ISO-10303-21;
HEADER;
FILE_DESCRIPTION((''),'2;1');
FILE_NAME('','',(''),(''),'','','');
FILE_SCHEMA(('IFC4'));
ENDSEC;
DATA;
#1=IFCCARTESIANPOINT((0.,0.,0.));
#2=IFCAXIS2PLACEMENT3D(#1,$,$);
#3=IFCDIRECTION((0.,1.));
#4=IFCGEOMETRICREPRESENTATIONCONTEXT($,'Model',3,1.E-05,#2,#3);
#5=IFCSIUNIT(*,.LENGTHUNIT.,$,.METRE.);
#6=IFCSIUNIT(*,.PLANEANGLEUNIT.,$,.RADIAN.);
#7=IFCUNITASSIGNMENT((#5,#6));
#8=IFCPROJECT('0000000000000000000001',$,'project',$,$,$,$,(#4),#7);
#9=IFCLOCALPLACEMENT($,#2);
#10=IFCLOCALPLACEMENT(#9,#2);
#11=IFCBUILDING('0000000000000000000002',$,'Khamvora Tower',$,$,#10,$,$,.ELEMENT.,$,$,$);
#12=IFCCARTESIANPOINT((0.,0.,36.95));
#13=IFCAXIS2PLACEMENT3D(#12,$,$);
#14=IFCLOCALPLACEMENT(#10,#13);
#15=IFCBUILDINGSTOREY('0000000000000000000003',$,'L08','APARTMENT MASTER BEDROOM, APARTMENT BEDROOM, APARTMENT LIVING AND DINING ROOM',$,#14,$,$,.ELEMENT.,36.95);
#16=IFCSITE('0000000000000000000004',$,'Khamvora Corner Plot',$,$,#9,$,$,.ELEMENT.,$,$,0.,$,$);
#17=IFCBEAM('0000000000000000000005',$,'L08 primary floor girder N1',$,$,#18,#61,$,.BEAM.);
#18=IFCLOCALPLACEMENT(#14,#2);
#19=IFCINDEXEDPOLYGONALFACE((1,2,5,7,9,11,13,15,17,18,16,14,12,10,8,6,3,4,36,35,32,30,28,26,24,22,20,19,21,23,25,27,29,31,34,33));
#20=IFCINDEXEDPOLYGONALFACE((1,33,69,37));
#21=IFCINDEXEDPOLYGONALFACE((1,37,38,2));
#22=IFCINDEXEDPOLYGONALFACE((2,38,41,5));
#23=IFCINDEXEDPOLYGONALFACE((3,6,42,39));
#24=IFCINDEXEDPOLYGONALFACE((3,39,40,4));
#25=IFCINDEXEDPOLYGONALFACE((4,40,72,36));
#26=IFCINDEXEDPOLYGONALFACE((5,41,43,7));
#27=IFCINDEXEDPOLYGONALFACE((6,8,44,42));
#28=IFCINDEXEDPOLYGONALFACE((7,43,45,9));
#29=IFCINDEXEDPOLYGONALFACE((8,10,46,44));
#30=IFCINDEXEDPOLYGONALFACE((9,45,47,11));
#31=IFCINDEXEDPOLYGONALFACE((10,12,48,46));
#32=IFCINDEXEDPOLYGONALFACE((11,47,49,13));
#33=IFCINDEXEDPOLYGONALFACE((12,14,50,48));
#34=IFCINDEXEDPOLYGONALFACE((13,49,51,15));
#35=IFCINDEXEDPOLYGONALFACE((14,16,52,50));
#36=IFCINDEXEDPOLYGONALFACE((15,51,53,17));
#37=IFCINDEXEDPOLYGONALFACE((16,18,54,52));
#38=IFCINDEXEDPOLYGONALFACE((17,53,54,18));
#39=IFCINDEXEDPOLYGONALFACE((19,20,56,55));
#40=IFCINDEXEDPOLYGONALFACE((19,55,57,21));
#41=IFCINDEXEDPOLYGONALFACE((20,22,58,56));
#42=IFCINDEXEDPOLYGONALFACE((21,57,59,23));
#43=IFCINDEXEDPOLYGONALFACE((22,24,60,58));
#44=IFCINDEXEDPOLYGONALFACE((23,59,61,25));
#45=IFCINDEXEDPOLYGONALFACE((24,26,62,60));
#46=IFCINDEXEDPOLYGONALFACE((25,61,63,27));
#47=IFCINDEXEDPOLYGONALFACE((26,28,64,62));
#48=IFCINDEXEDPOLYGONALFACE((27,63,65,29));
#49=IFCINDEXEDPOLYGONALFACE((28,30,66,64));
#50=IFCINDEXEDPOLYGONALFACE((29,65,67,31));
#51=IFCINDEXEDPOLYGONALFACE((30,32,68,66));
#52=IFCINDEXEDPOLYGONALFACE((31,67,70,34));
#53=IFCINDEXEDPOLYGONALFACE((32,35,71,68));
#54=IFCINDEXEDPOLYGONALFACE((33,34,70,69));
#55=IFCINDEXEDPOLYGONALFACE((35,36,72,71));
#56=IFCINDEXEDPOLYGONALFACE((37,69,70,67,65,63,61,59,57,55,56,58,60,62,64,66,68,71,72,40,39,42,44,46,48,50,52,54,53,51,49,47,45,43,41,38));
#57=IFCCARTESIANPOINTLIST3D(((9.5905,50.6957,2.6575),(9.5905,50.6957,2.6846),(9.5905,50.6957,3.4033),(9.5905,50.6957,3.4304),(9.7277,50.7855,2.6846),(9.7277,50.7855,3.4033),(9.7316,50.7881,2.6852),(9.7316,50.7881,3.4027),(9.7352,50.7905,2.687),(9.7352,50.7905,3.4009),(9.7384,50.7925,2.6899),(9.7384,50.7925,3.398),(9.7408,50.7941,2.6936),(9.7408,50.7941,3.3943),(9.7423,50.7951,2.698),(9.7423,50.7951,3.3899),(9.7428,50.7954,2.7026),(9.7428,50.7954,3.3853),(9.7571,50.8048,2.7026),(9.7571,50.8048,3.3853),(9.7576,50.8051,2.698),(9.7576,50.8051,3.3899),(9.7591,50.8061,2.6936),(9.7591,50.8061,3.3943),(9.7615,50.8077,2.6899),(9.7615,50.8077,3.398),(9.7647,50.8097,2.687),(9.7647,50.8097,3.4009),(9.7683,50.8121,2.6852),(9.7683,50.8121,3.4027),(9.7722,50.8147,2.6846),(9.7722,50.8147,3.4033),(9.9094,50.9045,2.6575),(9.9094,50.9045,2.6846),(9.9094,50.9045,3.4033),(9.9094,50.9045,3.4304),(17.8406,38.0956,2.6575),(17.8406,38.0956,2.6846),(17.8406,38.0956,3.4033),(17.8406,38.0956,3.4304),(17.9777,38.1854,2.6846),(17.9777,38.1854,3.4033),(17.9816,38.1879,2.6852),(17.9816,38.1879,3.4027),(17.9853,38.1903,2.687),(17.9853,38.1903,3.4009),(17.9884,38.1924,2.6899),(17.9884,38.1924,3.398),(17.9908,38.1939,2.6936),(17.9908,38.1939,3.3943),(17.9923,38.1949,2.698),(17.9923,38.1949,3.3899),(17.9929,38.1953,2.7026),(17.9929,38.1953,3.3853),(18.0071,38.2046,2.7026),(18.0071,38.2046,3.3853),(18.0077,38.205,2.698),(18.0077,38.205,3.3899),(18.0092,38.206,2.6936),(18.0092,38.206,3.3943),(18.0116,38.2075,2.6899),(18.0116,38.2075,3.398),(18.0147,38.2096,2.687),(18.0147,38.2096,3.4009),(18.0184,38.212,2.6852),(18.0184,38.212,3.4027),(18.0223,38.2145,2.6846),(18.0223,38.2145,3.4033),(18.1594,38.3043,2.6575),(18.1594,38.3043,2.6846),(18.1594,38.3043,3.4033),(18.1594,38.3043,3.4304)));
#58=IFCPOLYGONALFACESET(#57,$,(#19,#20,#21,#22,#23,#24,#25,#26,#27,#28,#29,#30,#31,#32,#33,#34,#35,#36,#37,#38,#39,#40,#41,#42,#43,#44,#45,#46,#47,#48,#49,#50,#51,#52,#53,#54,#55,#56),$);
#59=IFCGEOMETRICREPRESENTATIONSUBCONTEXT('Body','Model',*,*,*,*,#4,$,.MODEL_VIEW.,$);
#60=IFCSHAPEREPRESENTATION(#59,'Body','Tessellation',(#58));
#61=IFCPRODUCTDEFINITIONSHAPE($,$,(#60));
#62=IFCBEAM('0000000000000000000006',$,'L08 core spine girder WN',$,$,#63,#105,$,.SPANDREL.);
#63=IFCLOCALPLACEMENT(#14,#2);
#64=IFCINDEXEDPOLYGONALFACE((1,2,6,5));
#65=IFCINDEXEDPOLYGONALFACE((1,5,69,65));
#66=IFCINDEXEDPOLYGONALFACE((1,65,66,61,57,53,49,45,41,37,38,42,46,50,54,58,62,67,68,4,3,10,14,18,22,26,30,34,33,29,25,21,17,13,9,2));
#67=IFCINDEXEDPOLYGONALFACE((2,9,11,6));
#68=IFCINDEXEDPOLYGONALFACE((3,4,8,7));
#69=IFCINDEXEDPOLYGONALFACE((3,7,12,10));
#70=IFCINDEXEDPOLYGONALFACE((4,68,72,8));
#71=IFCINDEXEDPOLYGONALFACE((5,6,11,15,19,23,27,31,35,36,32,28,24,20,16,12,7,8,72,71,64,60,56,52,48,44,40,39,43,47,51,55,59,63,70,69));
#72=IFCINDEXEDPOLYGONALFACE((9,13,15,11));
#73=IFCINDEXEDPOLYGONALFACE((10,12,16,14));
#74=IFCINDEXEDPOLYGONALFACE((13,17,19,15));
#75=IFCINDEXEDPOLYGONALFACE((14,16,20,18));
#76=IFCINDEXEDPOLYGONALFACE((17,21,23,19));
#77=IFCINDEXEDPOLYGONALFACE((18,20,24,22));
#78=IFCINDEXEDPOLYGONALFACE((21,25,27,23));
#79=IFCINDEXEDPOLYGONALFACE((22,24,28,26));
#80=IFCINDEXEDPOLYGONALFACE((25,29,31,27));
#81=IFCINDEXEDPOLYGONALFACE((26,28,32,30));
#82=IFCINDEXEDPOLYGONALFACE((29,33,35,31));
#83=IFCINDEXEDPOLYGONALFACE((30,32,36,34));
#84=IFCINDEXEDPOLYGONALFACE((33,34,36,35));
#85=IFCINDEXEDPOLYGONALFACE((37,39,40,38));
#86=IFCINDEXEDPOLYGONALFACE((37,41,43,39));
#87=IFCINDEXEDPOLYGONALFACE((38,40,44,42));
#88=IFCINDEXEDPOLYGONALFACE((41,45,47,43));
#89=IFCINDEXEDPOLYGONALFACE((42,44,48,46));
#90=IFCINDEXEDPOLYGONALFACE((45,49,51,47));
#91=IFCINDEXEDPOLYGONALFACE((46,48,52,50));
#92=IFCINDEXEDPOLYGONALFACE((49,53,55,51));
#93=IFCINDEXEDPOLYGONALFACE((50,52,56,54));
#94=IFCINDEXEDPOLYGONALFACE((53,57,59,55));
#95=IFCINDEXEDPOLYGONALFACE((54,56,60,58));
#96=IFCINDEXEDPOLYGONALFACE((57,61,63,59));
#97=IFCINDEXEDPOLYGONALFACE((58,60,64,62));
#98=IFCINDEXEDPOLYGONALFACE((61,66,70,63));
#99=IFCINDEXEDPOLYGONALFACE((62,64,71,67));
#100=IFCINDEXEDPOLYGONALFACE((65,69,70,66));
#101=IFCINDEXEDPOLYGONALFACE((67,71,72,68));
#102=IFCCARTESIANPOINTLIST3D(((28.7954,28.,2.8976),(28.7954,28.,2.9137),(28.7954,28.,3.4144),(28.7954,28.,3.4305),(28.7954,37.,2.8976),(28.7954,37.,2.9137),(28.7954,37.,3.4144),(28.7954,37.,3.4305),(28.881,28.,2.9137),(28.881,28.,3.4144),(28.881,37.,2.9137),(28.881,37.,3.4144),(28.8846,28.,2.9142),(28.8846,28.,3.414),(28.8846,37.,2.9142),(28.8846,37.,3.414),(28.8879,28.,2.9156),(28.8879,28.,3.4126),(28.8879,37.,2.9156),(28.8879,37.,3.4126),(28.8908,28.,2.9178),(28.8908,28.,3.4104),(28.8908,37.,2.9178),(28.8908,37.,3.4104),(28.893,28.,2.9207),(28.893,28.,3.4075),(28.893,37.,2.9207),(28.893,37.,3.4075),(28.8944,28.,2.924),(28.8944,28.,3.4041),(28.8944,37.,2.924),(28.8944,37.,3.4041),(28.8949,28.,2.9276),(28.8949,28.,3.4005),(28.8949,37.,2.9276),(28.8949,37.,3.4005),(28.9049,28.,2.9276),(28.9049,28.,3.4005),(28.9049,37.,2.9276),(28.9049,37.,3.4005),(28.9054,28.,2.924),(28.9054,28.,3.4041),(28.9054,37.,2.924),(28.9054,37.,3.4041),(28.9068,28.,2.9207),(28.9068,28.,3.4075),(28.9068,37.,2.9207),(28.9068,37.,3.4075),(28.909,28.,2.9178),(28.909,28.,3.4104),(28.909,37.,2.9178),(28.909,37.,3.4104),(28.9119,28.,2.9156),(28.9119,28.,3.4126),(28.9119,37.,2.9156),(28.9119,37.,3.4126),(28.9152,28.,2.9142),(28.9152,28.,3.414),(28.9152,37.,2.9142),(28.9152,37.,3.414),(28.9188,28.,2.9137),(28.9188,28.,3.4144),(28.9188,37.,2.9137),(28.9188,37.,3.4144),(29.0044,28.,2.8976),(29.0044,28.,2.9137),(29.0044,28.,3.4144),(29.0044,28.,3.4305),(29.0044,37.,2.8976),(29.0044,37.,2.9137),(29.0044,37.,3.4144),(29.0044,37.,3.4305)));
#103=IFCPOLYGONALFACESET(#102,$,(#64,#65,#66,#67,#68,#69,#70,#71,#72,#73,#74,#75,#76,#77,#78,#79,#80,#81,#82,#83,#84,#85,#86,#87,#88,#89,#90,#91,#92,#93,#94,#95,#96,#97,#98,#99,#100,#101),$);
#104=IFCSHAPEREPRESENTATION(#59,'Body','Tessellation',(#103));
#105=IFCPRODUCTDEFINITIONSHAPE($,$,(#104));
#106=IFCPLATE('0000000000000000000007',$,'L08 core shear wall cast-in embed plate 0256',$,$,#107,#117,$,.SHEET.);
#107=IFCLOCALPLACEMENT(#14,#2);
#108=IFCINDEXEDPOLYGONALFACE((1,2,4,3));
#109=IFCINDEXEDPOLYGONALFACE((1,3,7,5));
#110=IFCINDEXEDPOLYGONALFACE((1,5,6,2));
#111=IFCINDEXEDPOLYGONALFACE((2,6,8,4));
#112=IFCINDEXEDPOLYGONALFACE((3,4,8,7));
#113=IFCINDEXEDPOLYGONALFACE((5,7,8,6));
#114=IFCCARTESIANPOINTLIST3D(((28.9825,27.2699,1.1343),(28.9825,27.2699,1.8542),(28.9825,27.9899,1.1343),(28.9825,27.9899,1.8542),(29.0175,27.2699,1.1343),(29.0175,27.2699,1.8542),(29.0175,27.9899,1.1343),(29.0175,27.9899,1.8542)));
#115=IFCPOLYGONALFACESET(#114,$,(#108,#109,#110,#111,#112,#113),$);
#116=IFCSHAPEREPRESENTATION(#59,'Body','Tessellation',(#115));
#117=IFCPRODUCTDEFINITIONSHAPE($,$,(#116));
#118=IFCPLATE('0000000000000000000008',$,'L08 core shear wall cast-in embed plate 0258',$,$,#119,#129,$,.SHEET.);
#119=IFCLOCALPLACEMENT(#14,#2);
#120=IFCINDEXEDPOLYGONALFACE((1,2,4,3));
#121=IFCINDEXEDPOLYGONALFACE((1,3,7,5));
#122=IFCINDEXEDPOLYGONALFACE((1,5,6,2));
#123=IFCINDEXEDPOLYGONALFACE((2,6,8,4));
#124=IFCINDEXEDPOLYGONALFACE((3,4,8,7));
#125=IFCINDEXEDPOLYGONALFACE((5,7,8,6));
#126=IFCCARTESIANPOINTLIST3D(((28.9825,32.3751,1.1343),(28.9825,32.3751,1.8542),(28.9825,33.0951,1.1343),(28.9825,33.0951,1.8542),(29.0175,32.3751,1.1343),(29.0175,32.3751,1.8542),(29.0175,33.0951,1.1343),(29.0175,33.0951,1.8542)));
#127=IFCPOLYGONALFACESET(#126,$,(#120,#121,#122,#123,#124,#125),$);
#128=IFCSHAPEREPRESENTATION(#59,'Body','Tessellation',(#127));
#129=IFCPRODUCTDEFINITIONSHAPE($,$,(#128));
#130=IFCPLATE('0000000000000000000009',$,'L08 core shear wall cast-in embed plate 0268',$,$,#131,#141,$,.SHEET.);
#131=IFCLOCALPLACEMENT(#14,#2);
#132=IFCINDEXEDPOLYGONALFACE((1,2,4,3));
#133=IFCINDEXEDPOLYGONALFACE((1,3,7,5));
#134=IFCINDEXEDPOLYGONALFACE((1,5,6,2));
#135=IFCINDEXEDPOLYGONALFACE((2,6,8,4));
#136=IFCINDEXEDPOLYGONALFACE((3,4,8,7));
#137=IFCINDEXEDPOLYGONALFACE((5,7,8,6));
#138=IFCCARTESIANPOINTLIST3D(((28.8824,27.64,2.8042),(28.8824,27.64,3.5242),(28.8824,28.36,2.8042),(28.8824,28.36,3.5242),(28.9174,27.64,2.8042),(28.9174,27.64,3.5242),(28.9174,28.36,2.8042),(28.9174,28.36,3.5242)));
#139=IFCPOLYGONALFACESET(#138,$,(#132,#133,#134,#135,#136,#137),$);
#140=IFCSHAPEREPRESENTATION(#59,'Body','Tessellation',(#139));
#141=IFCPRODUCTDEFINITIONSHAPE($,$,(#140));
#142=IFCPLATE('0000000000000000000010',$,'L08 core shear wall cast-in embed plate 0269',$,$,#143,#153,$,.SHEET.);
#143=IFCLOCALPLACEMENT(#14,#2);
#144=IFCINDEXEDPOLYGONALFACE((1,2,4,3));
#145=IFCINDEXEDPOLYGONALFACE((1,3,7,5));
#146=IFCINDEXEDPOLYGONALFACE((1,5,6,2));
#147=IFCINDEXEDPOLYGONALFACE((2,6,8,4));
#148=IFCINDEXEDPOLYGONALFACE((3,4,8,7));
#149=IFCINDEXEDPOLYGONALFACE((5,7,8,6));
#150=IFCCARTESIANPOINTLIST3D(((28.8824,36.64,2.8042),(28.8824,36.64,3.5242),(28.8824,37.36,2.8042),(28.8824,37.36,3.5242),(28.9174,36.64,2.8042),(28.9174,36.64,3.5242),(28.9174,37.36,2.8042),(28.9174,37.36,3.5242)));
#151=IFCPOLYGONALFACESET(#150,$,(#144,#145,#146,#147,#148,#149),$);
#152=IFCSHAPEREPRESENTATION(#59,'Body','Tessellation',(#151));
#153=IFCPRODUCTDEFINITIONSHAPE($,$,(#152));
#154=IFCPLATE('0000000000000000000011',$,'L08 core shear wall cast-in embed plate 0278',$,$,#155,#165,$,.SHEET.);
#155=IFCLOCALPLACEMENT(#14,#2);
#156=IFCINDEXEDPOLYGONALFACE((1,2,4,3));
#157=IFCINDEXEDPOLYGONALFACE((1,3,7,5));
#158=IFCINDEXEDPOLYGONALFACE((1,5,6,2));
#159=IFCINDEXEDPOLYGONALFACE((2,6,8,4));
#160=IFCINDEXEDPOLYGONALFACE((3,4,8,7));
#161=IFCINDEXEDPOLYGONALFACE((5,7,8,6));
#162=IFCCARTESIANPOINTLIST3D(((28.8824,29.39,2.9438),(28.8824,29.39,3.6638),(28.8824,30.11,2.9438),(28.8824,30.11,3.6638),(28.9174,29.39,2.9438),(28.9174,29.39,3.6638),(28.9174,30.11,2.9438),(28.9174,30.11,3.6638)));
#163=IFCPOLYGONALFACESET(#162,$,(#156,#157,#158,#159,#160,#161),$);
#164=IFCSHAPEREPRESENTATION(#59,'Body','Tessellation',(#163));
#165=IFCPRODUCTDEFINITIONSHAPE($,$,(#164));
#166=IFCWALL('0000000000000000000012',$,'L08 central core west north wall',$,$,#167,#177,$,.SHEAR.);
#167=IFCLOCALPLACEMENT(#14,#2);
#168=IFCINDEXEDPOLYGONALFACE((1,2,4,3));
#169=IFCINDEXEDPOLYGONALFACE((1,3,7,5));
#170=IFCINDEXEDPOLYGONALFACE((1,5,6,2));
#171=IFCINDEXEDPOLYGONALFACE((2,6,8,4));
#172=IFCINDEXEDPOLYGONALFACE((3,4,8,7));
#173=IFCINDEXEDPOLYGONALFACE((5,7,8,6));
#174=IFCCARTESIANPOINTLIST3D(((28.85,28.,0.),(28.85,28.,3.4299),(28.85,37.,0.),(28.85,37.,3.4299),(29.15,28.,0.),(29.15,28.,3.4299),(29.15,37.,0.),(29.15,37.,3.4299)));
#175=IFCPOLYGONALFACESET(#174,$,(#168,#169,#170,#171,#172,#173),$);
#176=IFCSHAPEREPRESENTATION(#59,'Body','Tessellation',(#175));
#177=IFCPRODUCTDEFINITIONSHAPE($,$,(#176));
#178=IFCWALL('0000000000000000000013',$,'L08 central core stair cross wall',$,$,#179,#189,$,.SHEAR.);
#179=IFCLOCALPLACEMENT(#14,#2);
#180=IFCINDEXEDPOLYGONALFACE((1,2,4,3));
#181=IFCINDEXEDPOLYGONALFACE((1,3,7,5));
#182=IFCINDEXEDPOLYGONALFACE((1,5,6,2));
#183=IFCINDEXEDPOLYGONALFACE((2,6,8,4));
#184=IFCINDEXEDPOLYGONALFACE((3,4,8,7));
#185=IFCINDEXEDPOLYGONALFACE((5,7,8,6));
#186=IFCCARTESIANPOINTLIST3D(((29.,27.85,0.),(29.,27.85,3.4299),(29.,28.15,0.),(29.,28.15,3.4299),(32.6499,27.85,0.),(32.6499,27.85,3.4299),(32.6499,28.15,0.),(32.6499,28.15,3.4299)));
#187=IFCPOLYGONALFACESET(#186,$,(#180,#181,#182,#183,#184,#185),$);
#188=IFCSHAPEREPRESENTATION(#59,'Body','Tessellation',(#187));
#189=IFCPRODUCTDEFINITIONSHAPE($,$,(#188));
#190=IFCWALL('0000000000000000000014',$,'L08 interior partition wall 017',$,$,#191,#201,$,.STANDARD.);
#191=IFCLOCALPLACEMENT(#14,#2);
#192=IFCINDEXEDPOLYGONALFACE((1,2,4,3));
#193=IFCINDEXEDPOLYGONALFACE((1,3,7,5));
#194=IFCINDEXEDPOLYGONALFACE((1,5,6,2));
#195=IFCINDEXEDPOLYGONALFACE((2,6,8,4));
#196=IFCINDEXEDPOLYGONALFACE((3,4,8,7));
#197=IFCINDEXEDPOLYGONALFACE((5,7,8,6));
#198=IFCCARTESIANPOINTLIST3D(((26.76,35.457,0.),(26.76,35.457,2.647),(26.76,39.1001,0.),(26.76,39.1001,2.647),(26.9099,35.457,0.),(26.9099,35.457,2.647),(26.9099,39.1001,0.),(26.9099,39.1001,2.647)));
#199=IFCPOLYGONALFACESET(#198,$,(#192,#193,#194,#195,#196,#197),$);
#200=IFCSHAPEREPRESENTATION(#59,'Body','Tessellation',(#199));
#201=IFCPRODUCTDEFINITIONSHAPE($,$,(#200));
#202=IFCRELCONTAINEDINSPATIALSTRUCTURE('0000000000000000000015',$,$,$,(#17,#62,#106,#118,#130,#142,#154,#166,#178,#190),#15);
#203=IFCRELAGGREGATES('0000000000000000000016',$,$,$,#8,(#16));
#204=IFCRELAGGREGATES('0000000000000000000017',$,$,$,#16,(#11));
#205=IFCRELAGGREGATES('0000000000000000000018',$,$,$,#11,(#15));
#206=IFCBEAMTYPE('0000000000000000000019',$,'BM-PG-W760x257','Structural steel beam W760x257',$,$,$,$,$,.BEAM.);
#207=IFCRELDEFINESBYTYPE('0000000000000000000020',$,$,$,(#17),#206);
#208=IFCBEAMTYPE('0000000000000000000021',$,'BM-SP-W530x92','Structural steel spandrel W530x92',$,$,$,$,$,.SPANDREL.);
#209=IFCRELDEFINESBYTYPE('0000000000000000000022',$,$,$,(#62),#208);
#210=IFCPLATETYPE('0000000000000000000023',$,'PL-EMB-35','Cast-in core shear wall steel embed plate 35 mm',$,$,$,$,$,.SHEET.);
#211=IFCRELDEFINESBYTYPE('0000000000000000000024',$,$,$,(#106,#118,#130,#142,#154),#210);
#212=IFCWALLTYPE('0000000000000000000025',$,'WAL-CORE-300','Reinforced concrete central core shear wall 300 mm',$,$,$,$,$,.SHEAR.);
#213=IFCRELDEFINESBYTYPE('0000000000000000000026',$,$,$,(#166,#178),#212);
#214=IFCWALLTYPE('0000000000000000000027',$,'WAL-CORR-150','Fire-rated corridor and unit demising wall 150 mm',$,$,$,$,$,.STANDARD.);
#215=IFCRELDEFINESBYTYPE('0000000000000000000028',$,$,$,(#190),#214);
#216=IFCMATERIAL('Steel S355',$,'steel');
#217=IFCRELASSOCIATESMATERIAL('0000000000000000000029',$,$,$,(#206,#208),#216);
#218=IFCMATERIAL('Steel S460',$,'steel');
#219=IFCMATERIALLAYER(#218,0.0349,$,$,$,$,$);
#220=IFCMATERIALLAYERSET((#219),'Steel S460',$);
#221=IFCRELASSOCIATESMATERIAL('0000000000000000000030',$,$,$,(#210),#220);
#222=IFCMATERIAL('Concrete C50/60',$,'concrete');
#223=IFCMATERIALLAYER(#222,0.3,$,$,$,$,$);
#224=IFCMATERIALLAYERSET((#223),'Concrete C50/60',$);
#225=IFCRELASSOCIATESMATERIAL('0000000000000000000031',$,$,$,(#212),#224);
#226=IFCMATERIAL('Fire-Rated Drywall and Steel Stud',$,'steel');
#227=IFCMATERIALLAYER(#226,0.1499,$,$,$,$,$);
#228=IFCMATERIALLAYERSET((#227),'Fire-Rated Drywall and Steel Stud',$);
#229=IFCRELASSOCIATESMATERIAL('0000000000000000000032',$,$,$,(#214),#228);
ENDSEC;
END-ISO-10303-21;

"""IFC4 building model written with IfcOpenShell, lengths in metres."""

from ifc_helpers import new_model, si_unit, direction, frame, frame_2d, origin, origin_2d, place, context, subcontext, project, spatial, rectangle, i_section, extrude, material, layer, layer_set, material_profile, profile_set, type_object, element, save


model = new_model("IFC4")

# Units and contexts
model_context = context("Model", 3, precision=1e-05, world=origin(), true_north=direction((0.0, 1.0)))
body_context = subcontext(model_context, "Body", "Model", "MODEL_VIEW")
ifc_project = project(units=[si_unit("LENGTHUNIT", "METRE"), si_unit("PLANEANGLEUNIT", "RADIAN")], contexts=[model_context])

# Site, building, storey
site_placement = place(None, origin())
site = spatial("IfcSite", under=ifc_project, at=site_placement, Name="Khamvora Corner Plot", CompositionType="ELEMENT", RefElevation=0.0)
building_placement = place(site_placement, origin())
building = spatial("IfcBuilding", under=site, at=building_placement, Name="Khamvora Tower", CompositionType="ELEMENT")
storey_placement = place(building_placement, frame((0.0, 0.0, 36.95)))
storey = spatial("IfcBuildingStorey", under=building, at=storey_placement, Name="L08", Description="APARTMENT MASTER BEDROOM, APARTMENT BEDROOM, APARTMENT LIVING AND DINING ROOM", CompositionType="ELEMENT", Elevation=36.95)

# Shared definitions
ifc_material_1 = material(Name="Steel S460", Category="steel")

# Beams
ifc_material_2 = material(Name="Steel S355", Category="steel")
ifc_material_profile_1 = material_profile(ifc_material_2, i_section(OverallWidth=0.3811, OverallDepth=0.7729, WebThickness=0.0171, FlangeThickness=0.0271, FilletRadius=0.0181, at=origin_2d()), Name="W760x257")
ifc_profile_set_1 = profile_set([ifc_material_profile_1], Name="Steel S355")
beam_type_1 = type_object("IfcBeamType", Name="BM-PG-W760x257", Description="Structural steel beam W760x257", PredefinedType="BEAM", material=ifc_profile_set_1)
beam_1_placement = place(storey_placement, frame((18.0, 38.2, 3.0439), z_axis=(-0.547783, 0.83662, 0.0), x_axis=(-0.83662, -0.547783, 0.0)))
element("IfcBeam", 1, at=beam_1_placement, inside=storey, type_object=beam_type_1, Name="L08 primary floor girder N1", PredefinedType="BEAM", context=body_context, shape_type="SweptSolid", body=[
    extrude(i_section(OverallWidth=0.3811, OverallDepth=0.7729, WebThickness=0.0171, FlangeThickness=0.0271, FilletRadius=0.0181, at=origin_2d()), origin(), (0.0, 0.0, 1.0), 15.0608),
])
ifc_material_profile_2 = material_profile(ifc_material_2, i_section(OverallWidth=0.209, OverallDepth=0.533, WebThickness=0.01, FlangeThickness=0.0161, FilletRadius=0.0139, at=origin_2d()), Name="W530x92")
ifc_profile_set_2 = profile_set([ifc_material_profile_2], Name="Steel S355")
beam_type_2 = type_object("IfcBeamType", Name="BM-SP-W530x92", Description="Structural steel spandrel W530x92", PredefinedType="SPANDREL", material=ifc_profile_set_2)
beam_2_placement = place(storey_placement, frame((28.8999, 28.0, 3.1641), z_axis=(0.0, 1.0, 0.0), x_axis=(-1.0, 0.0, 0.0)))
element("IfcBeam", 2, at=beam_2_placement, inside=storey, type_object=beam_type_2, Name="L08 core spine girder WN", PredefinedType="SPANDREL", context=body_context, shape_type="SweptSolid", body=[
    extrude(i_section(OverallWidth=0.209, OverallDepth=0.533, WebThickness=0.01, FlangeThickness=0.0161, FilletRadius=0.0139, at=origin_2d()), origin(), (0.0, 0.0, 1.0), 9.0),
])

# Plates
ifc_layer_1 = layer(ifc_material_1, 0.0349)
ifc_layer_set_1 = layer_set([ifc_layer_1], Name="Steel S460")
plate_type = type_object("IfcPlateType", Name="PL-EMB-35", Description="Cast-in core shear wall steel embed plate 35 mm", PredefinedType="SHEET", material=ifc_layer_set_1)
for number, where, z_axis, x_axis, name in (
    (3, (29.0, 27.6299, 1.1343), (0.0, 0.0, 1.0), (1.0, 0.0, 0.0), "L08 core shear wall cast-in embed plate 0256"),
    (4, (29.0, 32.7351, 1.1343), (0.0, 0.0, 1.0), (1.0, 0.0, 0.0), "L08 core shear wall cast-in embed plate 0258"),
    (5, (28.8999, 28.0, 2.8042), (0.0, 0.0, 1.0), (1.0, 0.0, 0.0), "L08 core shear wall cast-in embed plate 0268"),
    (6, (28.8999, 37.0, 2.8042), (0.0, 0.0, 1.0), (1.0, 0.0, 0.0), "L08 core shear wall cast-in embed plate 0269"),
    (7, (28.8999, 29.75, 2.9438), (0.0, 0.0, 1.0), (1.0, 0.0, 0.0), "L08 core shear wall cast-in embed plate 0278"),
):
    element("IfcPlate", number, at=place(storey_placement, frame(where, z_axis=z_axis, x_axis=x_axis)), inside=storey, type_object=plate_type, Name=name, PredefinedType="SHEET", context=body_context, shape_type="SweptSolid", body=[
        extrude(rectangle(XDim=0.0349, YDim=0.72, at=origin_2d()), origin(), (0.0, 0.0, 1.0), 0.72),
    ])

# Walls
ifc_material_3 = material(Name="Concrete C50/60", Category="concrete")
ifc_layer_2 = layer(ifc_material_3, 0.3)
ifc_layer_set_2 = layer_set([ifc_layer_2], Name="Concrete C50/60")
wall_type_1 = type_object("IfcWallType", Name="WAL-CORE-300", Description="Reinforced concrete central core shear wall 300 mm", PredefinedType="SHEAR", material=ifc_layer_set_2)
wall_1_placement = place(storey_placement, frame((29.0, 28.0, 0.0), z_axis=(0.0, 0.0, 1.0), x_axis=(0.0, 1.0, 0.0)))
element("IfcWall", 8, at=wall_1_placement, inside=storey, type_object=wall_type_1, Name="L08 central core west north wall", PredefinedType="SHEAR", context=body_context, shape_type="SweptSolid", body=[
    extrude(rectangle(XDim=9.0, YDim=0.3, at=frame_2d((4.5, 0.0))), origin(), (0.0, 0.0, 1.0), 3.4299),
])
wall_2_placement = place(storey_placement, frame((29.0, 28.0, 0.0), z_axis=(0.0, 0.0, 1.0), x_axis=(1.0, 0.0, 0.0)))
element("IfcWall", 9, at=wall_2_placement, inside=storey, type_object=wall_type_1, Name="L08 central core stair cross wall", PredefinedType="SHEAR", context=body_context, shape_type="SweptSolid", body=[
    extrude(rectangle(XDim=3.6499, YDim=0.3, at=frame_2d((1.825, 0.0))), origin(), (0.0, 0.0, 1.0), 3.4299),
])
ifc_material_4 = material(Name="Fire-Rated Drywall and Steel Stud", Category="steel")
ifc_layer_3 = layer(ifc_material_4, 0.1499)
ifc_layer_set_3 = layer_set([ifc_layer_3], Name="Fire-Rated Drywall and Steel Stud")
wall_type_2 = type_object("IfcWallType", Name="WAL-CORR-150", Description="Fire-rated corridor and unit demising wall 150 mm", PredefinedType="STANDARD", material=ifc_layer_set_3)
wall_3_placement = place(storey_placement, frame((26.835, 35.457, 0.0), z_axis=(0.0, 0.0, 1.0), x_axis=(0.0, 1.0, 0.0)))
element("IfcWall", 10, at=wall_3_placement, inside=storey, type_object=wall_type_2, Name="L08 interior partition wall 017", PredefinedType="STANDARD", context=body_context, shape_type="SweptSolid", body=[
    extrude(rectangle(XDim=3.6431, YDim=0.1499, at=frame_2d((1.8215, 0.0))), origin(), (0.0, 0.0, 1.0), 2.647),
])

save(model, "model.ifc")
